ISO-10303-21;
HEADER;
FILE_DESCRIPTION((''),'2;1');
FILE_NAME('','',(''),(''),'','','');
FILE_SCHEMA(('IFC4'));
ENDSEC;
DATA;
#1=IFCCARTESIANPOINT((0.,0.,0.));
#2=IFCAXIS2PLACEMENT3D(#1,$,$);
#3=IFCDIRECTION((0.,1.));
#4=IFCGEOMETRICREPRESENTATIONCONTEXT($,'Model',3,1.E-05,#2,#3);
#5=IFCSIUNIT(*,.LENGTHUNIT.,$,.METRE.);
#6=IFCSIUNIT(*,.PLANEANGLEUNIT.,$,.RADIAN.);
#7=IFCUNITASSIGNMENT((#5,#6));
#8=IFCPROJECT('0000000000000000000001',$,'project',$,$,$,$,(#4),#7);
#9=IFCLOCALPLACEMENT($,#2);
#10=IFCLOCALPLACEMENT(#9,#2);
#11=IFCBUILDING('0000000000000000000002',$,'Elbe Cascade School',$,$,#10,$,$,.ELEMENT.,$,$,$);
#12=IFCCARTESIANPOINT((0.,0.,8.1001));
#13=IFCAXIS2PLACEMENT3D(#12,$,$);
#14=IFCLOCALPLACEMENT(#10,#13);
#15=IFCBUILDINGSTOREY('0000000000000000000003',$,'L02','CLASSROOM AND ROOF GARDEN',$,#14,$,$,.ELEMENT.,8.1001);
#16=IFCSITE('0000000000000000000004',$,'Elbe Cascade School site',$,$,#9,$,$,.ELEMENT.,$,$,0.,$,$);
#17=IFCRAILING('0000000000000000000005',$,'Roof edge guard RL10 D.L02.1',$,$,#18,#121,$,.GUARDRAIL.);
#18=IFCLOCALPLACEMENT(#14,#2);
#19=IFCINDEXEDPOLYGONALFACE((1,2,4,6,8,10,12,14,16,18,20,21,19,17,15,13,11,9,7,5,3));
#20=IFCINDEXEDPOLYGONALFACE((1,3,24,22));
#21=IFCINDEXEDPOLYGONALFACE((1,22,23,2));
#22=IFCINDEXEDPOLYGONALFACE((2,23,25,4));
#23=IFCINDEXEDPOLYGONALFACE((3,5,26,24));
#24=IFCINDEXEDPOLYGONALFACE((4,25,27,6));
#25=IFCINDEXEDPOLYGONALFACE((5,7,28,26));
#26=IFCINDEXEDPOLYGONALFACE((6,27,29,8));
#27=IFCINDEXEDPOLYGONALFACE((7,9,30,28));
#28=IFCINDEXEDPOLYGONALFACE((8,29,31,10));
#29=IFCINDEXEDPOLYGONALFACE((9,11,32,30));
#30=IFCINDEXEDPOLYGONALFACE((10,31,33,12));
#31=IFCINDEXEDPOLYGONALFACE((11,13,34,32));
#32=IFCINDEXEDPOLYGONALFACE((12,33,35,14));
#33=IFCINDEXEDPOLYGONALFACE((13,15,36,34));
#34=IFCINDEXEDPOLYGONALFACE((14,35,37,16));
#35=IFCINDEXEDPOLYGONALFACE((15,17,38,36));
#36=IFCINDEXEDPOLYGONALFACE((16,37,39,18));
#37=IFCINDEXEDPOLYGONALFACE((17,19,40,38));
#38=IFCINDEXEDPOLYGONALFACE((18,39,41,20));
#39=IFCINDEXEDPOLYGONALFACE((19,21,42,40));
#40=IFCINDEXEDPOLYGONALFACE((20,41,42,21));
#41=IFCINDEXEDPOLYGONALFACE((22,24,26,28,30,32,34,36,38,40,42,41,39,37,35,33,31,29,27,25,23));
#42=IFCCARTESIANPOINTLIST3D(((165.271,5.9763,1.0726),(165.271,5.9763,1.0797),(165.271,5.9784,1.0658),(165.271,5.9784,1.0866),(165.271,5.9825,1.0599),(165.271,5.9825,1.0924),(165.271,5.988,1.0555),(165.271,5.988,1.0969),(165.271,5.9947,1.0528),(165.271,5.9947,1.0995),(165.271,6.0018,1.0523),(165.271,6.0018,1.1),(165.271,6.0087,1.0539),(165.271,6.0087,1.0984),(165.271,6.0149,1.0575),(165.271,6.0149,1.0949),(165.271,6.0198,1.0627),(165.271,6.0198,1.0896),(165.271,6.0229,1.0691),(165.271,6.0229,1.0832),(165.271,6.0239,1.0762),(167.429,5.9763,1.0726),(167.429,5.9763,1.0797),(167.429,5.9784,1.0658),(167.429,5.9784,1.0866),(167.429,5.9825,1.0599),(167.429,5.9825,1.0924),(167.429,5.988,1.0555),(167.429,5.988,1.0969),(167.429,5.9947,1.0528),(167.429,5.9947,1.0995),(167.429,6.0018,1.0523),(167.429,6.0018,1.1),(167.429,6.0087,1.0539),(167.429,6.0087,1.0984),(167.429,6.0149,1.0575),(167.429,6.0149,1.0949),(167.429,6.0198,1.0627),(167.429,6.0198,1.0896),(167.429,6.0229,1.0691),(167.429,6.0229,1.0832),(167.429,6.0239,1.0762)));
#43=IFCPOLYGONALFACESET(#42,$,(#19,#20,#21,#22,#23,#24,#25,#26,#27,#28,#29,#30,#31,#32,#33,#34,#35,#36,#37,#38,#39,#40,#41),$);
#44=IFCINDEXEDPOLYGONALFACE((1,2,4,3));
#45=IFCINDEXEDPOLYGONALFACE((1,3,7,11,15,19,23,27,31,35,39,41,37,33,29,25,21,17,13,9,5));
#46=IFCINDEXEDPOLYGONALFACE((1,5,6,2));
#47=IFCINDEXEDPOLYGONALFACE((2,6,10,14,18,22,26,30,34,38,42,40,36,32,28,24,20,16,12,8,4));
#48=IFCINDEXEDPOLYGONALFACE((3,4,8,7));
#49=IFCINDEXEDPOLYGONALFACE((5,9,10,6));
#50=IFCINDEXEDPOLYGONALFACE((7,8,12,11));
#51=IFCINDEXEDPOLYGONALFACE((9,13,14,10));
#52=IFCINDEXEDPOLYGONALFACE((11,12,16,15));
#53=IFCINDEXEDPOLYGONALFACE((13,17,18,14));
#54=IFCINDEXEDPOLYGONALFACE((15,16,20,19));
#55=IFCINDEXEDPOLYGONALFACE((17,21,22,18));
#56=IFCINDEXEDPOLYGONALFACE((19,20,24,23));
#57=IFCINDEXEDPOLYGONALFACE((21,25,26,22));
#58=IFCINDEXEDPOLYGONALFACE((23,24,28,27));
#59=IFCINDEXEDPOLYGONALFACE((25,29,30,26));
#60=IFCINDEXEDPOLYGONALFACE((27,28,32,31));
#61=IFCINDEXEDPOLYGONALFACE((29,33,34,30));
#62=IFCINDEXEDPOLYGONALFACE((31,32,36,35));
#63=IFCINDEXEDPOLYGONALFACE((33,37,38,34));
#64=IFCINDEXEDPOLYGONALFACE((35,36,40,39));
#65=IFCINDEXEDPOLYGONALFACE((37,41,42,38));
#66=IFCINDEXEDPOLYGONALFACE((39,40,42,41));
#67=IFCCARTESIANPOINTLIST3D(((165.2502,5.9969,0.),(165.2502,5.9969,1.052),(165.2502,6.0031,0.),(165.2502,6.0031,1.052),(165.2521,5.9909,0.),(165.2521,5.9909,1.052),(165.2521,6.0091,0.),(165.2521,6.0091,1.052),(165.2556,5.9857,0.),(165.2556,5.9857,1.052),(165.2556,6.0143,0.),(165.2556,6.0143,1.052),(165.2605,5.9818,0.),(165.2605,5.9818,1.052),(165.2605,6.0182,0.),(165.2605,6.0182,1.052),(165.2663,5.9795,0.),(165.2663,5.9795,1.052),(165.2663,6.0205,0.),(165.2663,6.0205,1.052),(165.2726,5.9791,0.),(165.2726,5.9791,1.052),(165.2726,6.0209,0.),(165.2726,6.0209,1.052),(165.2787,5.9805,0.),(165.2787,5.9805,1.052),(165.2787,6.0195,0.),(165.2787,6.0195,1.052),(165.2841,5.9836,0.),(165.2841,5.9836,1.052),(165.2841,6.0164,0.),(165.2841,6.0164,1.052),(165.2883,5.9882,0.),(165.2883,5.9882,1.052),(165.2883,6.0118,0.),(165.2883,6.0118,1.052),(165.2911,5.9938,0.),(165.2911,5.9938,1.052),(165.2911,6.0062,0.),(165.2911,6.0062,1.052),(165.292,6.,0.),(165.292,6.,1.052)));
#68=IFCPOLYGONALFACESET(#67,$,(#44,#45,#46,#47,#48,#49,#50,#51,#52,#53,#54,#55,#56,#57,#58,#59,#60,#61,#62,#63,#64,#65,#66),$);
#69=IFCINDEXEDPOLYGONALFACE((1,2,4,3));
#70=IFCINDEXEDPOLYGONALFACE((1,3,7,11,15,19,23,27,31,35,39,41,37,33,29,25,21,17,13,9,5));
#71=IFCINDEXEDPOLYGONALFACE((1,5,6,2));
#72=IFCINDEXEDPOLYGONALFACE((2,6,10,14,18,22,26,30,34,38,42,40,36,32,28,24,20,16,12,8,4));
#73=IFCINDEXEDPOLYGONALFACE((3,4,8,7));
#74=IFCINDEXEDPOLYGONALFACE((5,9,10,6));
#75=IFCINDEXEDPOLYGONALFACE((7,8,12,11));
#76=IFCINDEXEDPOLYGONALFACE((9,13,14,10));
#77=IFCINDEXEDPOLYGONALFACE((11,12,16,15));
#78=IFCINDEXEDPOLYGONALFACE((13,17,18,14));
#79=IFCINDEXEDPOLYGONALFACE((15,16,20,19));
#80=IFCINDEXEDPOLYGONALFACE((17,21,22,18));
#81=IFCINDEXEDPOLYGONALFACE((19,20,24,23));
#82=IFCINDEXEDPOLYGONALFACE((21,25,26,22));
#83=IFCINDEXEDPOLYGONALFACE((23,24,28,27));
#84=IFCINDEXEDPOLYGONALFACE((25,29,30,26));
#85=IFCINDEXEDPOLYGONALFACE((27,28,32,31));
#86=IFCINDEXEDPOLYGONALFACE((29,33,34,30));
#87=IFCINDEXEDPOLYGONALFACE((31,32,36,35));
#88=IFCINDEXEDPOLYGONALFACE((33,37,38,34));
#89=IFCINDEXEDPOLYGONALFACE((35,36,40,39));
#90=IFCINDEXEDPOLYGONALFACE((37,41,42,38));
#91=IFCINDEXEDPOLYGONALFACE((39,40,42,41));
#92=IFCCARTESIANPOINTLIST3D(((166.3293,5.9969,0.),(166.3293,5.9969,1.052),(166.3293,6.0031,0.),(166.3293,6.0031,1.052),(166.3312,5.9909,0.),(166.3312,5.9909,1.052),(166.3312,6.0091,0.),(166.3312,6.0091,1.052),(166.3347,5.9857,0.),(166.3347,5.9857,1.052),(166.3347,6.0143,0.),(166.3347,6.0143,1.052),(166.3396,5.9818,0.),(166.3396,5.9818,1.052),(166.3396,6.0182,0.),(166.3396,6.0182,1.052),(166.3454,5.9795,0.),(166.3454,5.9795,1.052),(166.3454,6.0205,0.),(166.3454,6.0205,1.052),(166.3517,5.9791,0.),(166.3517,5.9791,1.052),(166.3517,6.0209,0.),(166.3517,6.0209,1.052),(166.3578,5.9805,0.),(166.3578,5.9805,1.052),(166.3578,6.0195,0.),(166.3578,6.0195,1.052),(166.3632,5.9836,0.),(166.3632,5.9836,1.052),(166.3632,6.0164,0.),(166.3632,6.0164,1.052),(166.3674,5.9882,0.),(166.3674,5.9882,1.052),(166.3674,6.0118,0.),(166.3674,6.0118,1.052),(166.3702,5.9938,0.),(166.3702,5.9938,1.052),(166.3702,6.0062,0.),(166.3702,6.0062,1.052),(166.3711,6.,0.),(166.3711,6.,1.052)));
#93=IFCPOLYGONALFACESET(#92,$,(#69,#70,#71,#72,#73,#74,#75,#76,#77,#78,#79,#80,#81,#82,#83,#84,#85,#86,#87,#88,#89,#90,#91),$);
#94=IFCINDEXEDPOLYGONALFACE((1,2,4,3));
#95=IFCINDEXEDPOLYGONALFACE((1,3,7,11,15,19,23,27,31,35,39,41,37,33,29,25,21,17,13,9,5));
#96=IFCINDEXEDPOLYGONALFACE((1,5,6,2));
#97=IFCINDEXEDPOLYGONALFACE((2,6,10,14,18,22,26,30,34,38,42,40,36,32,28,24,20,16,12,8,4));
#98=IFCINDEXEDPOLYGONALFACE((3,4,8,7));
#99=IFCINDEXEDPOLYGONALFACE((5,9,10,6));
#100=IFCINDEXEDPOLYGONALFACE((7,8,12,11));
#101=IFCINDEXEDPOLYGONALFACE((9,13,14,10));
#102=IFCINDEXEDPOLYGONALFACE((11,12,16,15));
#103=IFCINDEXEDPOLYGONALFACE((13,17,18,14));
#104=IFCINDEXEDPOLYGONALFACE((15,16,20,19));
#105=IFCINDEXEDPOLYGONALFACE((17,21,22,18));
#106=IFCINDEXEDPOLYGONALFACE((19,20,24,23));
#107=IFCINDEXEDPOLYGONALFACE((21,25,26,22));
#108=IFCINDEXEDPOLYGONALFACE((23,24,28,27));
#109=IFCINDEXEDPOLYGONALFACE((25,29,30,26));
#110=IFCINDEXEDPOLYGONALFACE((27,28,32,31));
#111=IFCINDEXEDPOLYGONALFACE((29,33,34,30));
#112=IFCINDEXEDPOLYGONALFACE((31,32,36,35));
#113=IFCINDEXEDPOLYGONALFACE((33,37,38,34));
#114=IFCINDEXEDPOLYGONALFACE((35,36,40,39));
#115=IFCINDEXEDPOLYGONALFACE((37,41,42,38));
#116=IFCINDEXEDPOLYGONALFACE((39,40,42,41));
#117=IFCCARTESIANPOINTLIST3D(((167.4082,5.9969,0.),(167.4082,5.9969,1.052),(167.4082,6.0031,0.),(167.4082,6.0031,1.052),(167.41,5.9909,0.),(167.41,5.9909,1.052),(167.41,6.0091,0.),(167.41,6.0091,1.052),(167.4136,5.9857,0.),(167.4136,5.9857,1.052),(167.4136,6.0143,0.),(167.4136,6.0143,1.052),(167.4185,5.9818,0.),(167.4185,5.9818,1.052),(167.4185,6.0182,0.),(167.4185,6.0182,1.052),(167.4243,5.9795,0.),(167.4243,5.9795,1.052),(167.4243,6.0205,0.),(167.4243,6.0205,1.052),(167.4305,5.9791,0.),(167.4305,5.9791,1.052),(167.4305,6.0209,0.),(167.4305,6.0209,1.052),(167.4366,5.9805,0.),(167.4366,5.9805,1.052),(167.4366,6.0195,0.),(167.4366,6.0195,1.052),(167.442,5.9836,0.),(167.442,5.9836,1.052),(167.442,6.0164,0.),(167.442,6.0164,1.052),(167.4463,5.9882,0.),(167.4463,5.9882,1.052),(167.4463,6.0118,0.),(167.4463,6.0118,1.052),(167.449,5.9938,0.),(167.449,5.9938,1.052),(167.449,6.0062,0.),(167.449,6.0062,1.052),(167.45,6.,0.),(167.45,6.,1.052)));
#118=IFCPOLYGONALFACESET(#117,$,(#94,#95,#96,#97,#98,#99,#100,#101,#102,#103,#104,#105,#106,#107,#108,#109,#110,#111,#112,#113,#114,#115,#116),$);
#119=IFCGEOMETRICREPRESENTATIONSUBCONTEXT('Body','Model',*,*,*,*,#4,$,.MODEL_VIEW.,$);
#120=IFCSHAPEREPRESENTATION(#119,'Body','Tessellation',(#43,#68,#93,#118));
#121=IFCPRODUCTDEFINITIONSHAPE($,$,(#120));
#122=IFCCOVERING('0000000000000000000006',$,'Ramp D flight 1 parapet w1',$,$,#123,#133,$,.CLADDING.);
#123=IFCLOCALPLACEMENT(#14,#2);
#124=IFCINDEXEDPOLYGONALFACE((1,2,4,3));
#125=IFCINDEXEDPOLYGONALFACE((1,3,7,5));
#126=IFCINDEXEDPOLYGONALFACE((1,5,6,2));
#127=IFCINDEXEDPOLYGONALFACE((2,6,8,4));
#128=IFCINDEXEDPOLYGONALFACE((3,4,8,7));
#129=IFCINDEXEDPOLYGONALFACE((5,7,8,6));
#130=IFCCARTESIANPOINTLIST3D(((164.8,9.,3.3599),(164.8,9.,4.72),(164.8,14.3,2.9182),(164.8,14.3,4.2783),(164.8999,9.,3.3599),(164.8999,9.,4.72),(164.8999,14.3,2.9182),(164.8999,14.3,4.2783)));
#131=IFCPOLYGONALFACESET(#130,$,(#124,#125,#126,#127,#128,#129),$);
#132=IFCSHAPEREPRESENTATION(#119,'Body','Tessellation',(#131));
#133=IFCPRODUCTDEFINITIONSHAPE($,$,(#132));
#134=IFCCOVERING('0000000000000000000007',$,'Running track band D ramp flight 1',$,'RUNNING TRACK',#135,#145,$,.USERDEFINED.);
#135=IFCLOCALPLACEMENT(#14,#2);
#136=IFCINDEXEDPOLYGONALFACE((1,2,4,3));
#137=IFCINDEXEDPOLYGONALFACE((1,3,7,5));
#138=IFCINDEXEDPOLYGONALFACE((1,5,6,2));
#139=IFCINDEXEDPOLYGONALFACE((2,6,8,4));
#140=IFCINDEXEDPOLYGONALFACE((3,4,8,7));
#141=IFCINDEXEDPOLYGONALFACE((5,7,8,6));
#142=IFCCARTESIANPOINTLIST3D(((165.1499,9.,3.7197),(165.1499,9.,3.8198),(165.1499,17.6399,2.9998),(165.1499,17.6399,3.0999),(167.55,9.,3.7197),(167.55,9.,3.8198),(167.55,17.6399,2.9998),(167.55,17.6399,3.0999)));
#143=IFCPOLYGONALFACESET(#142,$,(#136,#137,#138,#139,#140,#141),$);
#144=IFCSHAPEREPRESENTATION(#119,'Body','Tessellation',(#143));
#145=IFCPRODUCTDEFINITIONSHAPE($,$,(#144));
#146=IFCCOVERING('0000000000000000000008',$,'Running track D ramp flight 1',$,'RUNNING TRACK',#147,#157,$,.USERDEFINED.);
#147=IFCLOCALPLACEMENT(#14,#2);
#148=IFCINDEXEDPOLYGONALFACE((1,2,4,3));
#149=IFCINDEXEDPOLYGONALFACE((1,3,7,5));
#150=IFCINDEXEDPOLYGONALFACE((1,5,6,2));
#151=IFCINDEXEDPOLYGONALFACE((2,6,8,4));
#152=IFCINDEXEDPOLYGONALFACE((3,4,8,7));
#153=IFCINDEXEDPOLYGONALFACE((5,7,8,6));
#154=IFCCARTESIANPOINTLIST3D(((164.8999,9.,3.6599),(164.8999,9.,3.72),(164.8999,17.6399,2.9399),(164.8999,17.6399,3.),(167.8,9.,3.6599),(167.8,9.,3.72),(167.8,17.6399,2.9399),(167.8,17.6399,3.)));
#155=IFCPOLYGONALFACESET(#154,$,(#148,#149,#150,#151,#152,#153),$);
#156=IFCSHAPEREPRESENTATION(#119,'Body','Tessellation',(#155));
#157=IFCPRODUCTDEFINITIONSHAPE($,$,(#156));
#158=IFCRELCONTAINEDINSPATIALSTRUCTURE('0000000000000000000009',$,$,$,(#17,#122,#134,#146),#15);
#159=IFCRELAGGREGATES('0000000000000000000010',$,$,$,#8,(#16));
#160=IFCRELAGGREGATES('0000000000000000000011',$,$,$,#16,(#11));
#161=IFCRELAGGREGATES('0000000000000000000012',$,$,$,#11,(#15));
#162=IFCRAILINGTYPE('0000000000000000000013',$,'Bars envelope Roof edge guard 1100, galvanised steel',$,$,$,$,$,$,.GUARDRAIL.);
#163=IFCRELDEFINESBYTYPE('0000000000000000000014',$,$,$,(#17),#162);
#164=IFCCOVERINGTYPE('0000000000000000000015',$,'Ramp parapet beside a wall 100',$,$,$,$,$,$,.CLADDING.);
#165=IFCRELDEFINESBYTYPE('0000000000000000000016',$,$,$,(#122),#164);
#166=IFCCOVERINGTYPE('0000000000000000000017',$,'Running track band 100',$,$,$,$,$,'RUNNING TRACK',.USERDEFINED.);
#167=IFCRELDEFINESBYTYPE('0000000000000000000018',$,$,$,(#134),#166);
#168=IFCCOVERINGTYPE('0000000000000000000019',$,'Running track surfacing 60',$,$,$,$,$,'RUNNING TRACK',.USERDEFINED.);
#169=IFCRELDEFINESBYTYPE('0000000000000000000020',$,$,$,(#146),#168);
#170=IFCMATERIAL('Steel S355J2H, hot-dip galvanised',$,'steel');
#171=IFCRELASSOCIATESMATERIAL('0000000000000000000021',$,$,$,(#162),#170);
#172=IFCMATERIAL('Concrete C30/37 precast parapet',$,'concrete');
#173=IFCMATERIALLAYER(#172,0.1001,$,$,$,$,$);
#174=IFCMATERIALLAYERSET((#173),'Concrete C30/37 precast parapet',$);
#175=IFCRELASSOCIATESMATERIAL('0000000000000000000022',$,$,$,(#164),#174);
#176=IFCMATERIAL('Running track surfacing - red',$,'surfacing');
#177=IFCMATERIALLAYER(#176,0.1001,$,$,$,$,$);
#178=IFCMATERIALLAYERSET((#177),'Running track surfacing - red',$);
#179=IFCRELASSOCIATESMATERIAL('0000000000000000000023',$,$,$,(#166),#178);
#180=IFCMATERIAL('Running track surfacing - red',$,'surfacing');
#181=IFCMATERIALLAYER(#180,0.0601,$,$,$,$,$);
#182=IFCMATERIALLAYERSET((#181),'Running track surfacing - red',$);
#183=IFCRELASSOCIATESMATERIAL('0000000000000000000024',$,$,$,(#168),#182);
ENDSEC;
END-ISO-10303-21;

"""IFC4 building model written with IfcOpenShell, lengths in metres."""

from ifc_helpers import new_model, si_unit, direction, frame, origin, origin_2d, place, context, subcontext, project, spatial, polyline, circle, outline, extrude, material, layer, layer_set, type_object, element, save


model = new_model("IFC4")

# Units and contexts
model_context = context("Model", 3, precision=1e-05, world=origin(), true_north=direction((0.0, 1.0)))
body_context = subcontext(model_context, "Body", "Model", "MODEL_VIEW")
ifc_project = project(units=[si_unit("LENGTHUNIT", "METRE"), si_unit("PLANEANGLEUNIT", "RADIAN")], contexts=[model_context])

# Site, building, storey
site_placement = place(None, origin())
site = spatial("IfcSite", under=ifc_project, at=site_placement, Name="Elbe Cascade School site", CompositionType="ELEMENT", RefElevation=0.0)
building_placement = place(site_placement, origin())
building = spatial("IfcBuilding", under=site, at=building_placement, Name="Elbe Cascade School", CompositionType="ELEMENT")
storey_placement = place(building_placement, frame((0.0, 0.0, 8.1001)))
storey = spatial("IfcBuildingStorey", under=building, at=storey_placement, Name="L02", Description="CLASSROOM AND ROOF GARDEN", CompositionType="ELEMENT", Elevation=8.1001)

# Railing
ifc_material_1 = material(Name="Steel S355J2H, hot-dip galvanised", Category="steel")
railing_type = type_object("IfcRailingType", Name="Bars envelope Roof edge guard 1100, galvanised steel", PredefinedType="GUARDRAIL", material=ifc_material_1)
railing_1_placement = place(storey_placement, frame((165.271, 6.0, 0.0)))
element("IfcRailing", 1, at=railing_1_placement, inside=storey, type_object=railing_type, Name="Roof edge guard RL10 D.L02.1", PredefinedType="GUARDRAIL", context=body_context, shape_type="SweptSolid", body=[
    extrude(circle(Radius=0.0239, at=origin_2d()), frame((0.0, 0.0, 1.0762), z_axis=(1.0, 0.0, 0.0), x_axis=(0.0, 1.0, 0.0)), (0.0, 0.0, 1.0), 2.158),
    extrude(circle(Radius=0.021, at=origin_2d()), origin(), (0.0, 0.0, 1.0), 1.052),
    extrude(circle(Radius=0.021, at=origin_2d()), frame((1.0791, 0.0, 0.0)), (0.0, 0.0, 1.0), 1.052),
    extrude(circle(Radius=0.021, at=origin_2d()), frame((2.158, 0.0, 0.0)), (0.0, 0.0, 1.0), 1.052),
])

# Coverings
ifc_material_2 = material(Name="Concrete C30/37 precast parapet", Category="concrete")
ifc_layer_1 = layer(ifc_material_2, 0.1001)
ifc_layer_set_1 = layer_set([ifc_layer_1], Name="Concrete C30/37 precast parapet")
covering_type_1 = type_object("IfcCoveringType", Name="Ramp parapet beside a wall 100", PredefinedType="CLADDING", material=ifc_layer_set_1)
covering_1_placement = place(storey_placement, frame((164.8, 9.0, 4.72), z_axis=(0.0, 0.083042, 0.996546), x_axis=(0.0, 0.996546, -0.083042)))
element("IfcCovering", 2, at=covering_1_placement, inside=storey, type_object=covering_type_1, Name="Ramp D flight 1 parapet w1", PredefinedType="CLADDING", context=body_context, shape_type="SweptSolid", body=[
    extrude(outline(polyline([(0.0, 0.0), (5.3184, 0.0), (5.3184, -0.0999), (0.0, -0.0999), (0.0, 0.0)])), origin(), (0.083042, 0.0, -0.996546), 1.3601),
])
ifc_material_3 = material(Name="Running track surfacing - red", Category="surfacing")
ifc_layer_2 = layer(ifc_material_3, 0.1001)
ifc_layer_set_2 = layer_set([ifc_layer_2], Name="Running track surfacing - red")
covering_type_2 = type_object("IfcCoveringType", Name="Running track band 100", ElementType="RUNNING TRACK", PredefinedType="USERDEFINED", material=ifc_layer_set_2)
covering_2_placement = place(storey_placement, frame((165.1499, 9.0, 3.8198), z_axis=(0.0, 0.083043, 0.996546), x_axis=(0.0, 0.996546, -0.083043)))
element("IfcCovering", 3, at=covering_2_placement, inside=storey, type_object=covering_type_2, Name="Running track band D ramp flight 1", ObjectType="RUNNING TRACK", PredefinedType="USERDEFINED", context=body_context, shape_type="SweptSolid", body=[
    extrude(outline(polyline([(0.0, 0.0), (8.6698, 0.0), (8.6698, -2.4001), (0.0, -2.4001), (0.0, 0.0)])), origin(), (0.083043, 0.0, -0.996546), 0.1001),
])
ifc_material_4 = material(Name="Running track surfacing - red", Category="surfacing")
ifc_layer_3 = layer(ifc_material_4, 0.0601)
ifc_layer_set_3 = layer_set([ifc_layer_3], Name="Running track surfacing - red")
covering_type_3 = type_object("IfcCoveringType", Name="Running track surfacing 60", ElementType="RUNNING TRACK", PredefinedType="USERDEFINED", material=ifc_layer_set_3)
covering_3_placement = place(storey_placement, frame((164.8999, 9.0, 3.72), z_axis=(0.0, 0.083043, 0.996546), x_axis=(0.0, 0.996546, -0.083043)))
element("IfcCovering", 4, at=covering_3_placement, inside=storey, type_object=covering_type_3, Name="Running track D ramp flight 1", ObjectType="RUNNING TRACK", PredefinedType="USERDEFINED", context=body_context, shape_type="SweptSolid", body=[
    extrude(outline(polyline([(0.0, 0.0), (8.6698, 0.0), (8.6698, -2.9001), (0.0, -2.9001), (0.0, 0.0)])), origin(), (0.083043, 0.0, -0.996546), 0.0601),
])

save(model, "model.ifc")
